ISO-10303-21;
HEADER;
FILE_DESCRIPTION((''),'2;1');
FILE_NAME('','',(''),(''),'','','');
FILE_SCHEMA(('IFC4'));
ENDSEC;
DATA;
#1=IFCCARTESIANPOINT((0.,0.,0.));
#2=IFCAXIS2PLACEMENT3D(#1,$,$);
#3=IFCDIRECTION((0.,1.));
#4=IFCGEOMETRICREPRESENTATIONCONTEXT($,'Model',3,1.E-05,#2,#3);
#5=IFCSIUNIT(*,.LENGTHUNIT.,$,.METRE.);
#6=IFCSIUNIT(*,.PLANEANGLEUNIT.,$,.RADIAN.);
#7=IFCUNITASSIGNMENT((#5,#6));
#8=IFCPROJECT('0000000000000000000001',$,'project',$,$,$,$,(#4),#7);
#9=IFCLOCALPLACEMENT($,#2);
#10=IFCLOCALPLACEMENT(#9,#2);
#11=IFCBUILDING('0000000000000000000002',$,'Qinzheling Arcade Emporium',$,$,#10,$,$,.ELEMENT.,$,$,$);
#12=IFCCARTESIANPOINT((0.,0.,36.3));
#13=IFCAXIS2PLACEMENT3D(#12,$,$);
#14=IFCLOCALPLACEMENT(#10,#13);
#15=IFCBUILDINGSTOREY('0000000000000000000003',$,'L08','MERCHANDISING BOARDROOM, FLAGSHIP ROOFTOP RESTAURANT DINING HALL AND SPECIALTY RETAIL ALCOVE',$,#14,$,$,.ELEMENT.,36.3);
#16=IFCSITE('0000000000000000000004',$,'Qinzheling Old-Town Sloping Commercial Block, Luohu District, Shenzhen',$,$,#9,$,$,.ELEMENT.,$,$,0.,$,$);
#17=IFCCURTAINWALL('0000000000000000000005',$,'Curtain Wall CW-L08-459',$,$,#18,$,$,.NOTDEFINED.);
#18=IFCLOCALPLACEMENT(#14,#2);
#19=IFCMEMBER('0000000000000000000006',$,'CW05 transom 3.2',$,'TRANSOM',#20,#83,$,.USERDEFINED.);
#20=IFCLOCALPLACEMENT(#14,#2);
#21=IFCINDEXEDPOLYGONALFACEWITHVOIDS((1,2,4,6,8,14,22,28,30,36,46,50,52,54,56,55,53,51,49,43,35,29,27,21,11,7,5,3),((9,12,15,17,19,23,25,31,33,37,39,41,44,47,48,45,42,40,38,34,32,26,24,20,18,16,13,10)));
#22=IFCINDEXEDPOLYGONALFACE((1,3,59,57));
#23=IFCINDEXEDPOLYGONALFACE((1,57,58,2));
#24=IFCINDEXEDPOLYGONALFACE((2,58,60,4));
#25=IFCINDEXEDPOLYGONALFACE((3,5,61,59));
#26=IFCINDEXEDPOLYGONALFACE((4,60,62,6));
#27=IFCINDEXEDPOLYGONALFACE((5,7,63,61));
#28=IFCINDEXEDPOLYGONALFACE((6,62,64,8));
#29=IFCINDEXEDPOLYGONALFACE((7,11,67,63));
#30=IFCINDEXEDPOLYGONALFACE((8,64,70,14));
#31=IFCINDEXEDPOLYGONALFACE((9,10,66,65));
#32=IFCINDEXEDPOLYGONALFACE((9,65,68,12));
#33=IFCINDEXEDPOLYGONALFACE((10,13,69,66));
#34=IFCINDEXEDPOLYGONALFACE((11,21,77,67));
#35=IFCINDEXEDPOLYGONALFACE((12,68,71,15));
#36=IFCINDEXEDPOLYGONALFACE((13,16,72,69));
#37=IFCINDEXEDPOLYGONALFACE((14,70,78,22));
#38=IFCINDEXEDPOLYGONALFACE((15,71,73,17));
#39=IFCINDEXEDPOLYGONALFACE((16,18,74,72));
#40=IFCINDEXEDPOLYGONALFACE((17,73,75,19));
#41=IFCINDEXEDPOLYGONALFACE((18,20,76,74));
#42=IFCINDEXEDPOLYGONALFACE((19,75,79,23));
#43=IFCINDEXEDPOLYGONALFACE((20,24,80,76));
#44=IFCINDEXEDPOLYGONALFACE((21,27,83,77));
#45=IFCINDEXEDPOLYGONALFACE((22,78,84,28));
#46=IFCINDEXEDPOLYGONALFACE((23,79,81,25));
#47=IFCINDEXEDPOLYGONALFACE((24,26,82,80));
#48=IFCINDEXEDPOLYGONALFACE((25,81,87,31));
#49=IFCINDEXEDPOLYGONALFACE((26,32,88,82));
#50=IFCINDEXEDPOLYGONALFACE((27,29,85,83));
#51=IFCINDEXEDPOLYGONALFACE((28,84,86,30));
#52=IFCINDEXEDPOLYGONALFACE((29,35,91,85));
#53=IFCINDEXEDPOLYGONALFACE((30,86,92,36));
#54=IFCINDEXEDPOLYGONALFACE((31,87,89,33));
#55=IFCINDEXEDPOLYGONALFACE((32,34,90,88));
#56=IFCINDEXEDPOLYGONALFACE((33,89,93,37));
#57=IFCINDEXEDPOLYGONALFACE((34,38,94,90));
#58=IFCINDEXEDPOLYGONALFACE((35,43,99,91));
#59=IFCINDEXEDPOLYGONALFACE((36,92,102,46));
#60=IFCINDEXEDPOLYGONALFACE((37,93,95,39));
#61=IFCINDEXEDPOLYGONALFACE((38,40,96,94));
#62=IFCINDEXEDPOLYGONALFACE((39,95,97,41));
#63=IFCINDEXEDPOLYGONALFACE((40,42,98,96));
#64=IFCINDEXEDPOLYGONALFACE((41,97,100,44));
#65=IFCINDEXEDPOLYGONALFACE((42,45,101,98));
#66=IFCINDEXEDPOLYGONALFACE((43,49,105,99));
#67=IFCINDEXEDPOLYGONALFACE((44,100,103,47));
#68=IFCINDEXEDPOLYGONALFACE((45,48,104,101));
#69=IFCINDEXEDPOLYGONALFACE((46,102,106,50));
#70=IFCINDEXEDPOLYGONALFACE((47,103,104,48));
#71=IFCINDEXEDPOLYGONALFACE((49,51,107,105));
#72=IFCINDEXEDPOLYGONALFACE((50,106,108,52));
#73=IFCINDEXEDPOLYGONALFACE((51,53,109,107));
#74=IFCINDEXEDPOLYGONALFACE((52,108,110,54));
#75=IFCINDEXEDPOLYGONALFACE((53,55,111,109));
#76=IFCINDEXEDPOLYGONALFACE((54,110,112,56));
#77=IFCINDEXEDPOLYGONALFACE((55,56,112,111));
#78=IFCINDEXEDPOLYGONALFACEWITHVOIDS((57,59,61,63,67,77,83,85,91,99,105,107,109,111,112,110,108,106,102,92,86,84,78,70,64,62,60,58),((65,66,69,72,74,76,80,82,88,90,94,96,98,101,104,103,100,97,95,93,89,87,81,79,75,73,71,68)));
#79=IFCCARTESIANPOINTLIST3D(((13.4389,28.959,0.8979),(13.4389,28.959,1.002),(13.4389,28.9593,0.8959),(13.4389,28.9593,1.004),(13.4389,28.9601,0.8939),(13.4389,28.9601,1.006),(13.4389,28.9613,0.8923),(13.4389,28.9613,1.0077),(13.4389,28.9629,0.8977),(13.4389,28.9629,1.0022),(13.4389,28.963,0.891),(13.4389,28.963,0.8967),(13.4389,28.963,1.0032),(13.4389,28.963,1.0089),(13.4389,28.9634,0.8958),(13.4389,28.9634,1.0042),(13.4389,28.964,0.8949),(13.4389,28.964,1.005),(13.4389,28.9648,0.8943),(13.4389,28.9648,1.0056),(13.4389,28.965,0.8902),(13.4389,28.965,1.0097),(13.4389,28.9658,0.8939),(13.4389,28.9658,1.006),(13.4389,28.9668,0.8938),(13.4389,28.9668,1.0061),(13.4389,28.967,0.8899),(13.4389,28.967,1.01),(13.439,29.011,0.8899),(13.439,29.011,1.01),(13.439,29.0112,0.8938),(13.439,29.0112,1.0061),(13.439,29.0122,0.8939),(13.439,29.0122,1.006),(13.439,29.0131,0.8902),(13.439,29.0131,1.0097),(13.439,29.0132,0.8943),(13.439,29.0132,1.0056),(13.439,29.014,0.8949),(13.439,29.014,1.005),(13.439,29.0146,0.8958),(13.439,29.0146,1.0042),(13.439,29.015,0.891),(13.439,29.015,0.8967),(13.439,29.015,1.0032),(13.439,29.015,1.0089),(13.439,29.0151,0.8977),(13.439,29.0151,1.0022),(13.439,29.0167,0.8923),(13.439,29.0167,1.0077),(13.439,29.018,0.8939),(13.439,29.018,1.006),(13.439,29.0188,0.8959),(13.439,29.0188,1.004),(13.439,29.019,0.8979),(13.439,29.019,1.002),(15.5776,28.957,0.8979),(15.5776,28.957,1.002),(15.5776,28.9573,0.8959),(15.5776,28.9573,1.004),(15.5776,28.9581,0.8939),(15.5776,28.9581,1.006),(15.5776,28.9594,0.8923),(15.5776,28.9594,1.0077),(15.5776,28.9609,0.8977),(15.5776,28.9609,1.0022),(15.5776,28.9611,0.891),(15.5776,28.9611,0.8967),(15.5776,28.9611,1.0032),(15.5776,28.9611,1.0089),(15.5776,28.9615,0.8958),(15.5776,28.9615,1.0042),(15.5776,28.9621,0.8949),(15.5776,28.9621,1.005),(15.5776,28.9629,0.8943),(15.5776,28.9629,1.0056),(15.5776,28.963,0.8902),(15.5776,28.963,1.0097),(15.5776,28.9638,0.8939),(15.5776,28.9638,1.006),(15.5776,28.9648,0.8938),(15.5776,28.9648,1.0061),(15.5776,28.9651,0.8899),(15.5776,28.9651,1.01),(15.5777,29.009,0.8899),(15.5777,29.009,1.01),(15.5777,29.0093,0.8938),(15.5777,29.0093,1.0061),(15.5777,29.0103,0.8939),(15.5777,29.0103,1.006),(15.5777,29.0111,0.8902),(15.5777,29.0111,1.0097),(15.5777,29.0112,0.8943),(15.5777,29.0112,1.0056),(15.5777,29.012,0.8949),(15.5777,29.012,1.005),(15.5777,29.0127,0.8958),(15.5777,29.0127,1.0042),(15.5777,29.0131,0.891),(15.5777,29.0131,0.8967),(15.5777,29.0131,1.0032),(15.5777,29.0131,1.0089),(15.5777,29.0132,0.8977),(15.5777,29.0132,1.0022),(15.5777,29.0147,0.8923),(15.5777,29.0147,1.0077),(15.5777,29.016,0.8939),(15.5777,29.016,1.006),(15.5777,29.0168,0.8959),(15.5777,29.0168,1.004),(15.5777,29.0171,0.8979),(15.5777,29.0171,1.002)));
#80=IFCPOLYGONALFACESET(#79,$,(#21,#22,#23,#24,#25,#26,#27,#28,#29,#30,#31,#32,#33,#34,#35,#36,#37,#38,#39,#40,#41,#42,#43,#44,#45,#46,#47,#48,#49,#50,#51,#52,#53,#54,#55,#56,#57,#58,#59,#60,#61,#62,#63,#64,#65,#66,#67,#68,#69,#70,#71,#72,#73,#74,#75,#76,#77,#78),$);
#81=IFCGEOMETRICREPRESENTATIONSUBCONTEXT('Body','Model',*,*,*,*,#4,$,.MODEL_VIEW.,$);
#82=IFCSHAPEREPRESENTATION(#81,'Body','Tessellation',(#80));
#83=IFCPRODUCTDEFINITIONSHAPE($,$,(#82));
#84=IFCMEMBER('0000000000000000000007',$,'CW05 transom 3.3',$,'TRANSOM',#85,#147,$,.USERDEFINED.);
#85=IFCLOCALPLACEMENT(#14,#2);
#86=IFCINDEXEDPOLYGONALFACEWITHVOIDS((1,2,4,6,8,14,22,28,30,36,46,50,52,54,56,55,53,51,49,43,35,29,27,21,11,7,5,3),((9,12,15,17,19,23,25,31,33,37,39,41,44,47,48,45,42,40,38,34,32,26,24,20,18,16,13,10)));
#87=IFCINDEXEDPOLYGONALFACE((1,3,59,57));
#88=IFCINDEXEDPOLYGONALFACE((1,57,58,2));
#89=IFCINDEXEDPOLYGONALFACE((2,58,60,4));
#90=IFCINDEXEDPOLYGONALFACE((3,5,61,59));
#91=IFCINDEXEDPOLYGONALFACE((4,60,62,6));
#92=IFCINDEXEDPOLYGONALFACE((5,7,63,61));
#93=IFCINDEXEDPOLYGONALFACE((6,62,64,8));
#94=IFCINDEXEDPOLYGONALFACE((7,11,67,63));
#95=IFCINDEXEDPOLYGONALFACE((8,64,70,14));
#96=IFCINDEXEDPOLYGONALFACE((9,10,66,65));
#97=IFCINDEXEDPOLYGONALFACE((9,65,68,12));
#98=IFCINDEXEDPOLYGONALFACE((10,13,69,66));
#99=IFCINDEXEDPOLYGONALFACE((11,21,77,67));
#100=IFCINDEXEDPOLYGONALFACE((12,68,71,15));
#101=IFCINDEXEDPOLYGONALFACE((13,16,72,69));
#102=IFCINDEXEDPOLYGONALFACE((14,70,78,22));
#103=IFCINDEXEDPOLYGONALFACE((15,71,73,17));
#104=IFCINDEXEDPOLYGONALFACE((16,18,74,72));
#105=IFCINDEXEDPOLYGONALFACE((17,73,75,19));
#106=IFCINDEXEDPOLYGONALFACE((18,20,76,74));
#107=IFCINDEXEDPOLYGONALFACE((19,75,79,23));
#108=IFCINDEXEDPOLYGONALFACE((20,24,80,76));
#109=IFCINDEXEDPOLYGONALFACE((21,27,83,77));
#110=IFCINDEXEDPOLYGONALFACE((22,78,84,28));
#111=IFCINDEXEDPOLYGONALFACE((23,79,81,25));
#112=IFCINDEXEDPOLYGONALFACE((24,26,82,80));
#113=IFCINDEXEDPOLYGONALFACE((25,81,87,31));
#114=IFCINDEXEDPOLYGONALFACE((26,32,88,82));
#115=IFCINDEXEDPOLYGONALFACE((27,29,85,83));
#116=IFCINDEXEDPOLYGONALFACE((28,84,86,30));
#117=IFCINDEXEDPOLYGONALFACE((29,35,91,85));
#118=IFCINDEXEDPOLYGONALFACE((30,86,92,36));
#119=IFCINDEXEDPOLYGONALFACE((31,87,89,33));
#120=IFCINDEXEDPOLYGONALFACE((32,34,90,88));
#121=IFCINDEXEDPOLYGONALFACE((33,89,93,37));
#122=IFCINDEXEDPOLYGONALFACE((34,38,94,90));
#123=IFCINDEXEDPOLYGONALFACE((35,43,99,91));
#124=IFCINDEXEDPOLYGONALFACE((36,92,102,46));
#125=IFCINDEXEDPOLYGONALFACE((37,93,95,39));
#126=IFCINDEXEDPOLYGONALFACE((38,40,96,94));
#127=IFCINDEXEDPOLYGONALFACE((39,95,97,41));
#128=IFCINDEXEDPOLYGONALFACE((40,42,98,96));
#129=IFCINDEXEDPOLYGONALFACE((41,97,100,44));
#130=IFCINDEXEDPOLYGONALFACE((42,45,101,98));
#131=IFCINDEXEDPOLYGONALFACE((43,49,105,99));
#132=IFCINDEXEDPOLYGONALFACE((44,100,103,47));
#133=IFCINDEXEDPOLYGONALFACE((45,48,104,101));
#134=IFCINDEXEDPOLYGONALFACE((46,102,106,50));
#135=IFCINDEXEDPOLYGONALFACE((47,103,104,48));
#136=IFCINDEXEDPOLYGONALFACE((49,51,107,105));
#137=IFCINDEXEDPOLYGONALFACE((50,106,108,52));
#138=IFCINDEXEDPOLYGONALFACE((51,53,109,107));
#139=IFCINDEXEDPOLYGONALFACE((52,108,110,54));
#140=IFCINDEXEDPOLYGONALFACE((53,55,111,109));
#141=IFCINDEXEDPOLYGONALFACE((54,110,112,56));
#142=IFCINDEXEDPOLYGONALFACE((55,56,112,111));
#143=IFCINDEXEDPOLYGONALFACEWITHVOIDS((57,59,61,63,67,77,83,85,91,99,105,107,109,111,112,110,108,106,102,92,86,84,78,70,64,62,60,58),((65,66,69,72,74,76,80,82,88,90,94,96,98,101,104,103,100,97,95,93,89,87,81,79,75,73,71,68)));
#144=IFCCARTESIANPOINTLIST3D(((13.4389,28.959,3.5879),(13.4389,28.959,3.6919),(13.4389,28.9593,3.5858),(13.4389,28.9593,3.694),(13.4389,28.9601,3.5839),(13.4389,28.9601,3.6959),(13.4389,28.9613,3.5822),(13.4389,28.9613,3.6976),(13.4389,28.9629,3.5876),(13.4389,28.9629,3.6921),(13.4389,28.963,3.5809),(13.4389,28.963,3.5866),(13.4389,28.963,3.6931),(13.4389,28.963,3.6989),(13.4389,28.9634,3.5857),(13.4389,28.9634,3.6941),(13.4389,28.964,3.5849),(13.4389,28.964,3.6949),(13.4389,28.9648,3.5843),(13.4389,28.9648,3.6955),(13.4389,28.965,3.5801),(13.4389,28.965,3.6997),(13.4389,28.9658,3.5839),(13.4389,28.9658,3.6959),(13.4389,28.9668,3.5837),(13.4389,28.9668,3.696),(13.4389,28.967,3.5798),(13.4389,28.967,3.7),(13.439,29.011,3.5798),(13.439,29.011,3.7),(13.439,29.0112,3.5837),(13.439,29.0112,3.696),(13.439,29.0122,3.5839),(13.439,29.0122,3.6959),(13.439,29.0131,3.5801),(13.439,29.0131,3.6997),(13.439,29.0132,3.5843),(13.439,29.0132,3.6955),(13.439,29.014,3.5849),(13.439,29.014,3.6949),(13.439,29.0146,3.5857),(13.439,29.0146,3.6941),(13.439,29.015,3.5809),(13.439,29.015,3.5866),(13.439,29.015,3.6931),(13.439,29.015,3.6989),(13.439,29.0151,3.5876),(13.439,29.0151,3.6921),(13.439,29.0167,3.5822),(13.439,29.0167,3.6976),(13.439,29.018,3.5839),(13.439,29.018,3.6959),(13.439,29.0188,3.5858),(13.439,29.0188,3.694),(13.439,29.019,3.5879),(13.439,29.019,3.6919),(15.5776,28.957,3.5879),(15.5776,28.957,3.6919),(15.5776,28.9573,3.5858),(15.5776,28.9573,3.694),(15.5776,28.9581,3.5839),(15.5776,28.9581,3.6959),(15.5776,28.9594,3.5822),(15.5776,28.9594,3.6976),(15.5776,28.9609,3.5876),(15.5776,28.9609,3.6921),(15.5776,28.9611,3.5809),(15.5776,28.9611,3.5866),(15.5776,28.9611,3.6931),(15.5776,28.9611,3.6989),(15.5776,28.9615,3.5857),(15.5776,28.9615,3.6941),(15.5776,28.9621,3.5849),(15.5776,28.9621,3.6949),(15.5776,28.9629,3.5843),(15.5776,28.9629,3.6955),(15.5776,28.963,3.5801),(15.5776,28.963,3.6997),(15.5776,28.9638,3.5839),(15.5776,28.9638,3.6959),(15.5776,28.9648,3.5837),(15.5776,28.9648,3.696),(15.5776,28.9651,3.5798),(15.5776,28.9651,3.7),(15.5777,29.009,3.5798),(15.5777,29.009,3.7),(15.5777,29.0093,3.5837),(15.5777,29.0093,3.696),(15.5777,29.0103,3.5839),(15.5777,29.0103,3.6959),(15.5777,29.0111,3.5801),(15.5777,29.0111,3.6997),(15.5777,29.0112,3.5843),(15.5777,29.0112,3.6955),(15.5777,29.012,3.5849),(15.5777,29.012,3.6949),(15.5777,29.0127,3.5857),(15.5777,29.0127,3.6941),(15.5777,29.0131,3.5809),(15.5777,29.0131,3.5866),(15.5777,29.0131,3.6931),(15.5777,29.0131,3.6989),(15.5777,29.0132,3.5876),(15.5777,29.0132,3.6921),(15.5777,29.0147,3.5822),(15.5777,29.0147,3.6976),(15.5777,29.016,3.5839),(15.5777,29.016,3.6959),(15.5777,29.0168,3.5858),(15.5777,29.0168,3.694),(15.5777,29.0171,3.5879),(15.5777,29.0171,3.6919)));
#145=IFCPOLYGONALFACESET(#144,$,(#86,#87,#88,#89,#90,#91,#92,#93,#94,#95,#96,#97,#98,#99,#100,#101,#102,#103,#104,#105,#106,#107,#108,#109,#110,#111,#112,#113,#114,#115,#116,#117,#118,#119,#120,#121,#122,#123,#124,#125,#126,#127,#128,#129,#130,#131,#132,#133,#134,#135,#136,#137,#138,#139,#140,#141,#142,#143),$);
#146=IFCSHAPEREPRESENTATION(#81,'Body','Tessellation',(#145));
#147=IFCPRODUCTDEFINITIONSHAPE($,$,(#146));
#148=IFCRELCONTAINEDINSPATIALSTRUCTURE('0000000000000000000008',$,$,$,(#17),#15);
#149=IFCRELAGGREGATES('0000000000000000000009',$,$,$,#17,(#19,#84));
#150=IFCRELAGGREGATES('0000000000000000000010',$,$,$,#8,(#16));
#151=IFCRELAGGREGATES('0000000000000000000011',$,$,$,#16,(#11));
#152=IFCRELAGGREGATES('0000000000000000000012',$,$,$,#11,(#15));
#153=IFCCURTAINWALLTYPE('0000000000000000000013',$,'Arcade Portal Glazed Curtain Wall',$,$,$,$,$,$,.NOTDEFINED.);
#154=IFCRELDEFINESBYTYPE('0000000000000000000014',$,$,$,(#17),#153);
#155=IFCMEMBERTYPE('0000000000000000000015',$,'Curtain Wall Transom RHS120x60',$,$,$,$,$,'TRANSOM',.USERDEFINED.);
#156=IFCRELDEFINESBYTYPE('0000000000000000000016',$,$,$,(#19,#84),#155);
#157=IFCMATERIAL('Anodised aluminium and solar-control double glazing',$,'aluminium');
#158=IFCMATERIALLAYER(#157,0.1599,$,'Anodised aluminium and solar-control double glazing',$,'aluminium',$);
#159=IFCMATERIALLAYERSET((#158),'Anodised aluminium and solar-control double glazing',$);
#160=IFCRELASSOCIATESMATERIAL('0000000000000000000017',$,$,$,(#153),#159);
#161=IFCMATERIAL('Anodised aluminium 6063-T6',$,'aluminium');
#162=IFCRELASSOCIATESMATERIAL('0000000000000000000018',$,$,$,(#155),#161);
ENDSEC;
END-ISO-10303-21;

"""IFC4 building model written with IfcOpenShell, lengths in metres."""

from ifc_helpers import new_model, si_unit, direction, frame, origin, origin_2d, place, context, subcontext, project, spatial, hollow_rectangle, extrude, material, layer, layer_set, material_profile, profile_set, type_object, element, aggregate, save


model = new_model("IFC4")

# Units and contexts
model_context = context("Model", 3, precision=1e-05, world=origin(), true_north=direction((0.0, 1.0)))
body_context = subcontext(model_context, "Body", "Model", "MODEL_VIEW")
ifc_project = project(units=[si_unit("LENGTHUNIT", "METRE"), si_unit("PLANEANGLEUNIT", "RADIAN")], contexts=[model_context])

# Site, building, storey
site_placement = place(None, origin())
site = spatial("IfcSite", under=ifc_project, at=site_placement, Name="Qinzheling Old-Town Sloping Commercial Block, Luohu District, Shenzhen", CompositionType="ELEMENT", RefElevation=0.0)
building_placement = place(site_placement, origin())
building = spatial("IfcBuilding", under=site, at=building_placement, Name="Qinzheling Arcade Emporium", CompositionType="ELEMENT")
storey_placement = place(building_placement, frame((0.0, 0.0, 36.3)))
storey = spatial("IfcBuildingStorey", under=building, at=storey_placement, Name="L08", Description="MERCHANDISING BOARDROOM, FLAGSHIP ROOFTOP RESTAURANT DINING HALL AND SPECIALTY RETAIL ALCOVE", CompositionType="ELEMENT", Elevation=36.3)

# Curtain wall
ifc_material_1 = material(Name="Anodised aluminium and solar-control double glazing", Category="aluminium")
ifc_layer_1 = layer(ifc_material_1, 0.1599, Name="Anodised aluminium and solar-control double glazing", Category="aluminium")
ifc_layer_set_1 = layer_set([ifc_layer_1], Name="Anodised aluminium and solar-control double glazing")
curtain_wall_type = type_object("IfcCurtainWallType", Name="Arcade Portal Glazed Curtain Wall", PredefinedType="NOTDEFINED", material=ifc_layer_set_1)
curtain_wall_1_placement = place(storey_placement, origin())
curtain_wall_1 = element("IfcCurtainWall", 1, at=curtain_wall_1_placement, inside=storey, type_object=curtain_wall_type, Name="Curtain Wall CW-L08-459", PredefinedType="NOTDEFINED")
ifc_material_2 = material(Name="Anodised aluminium 6063-T6", Category="aluminium")

# Members
ifc_material_profile_1 = material_profile(ifc_material_2, hollow_rectangle(XDim=0.0601, YDim=0.1201, WallThickness=0.0039, InnerFilletRadius=0.0039, OuterFilletRadius=0.0081, at=origin_2d()), Name="RHS 120x60x4", Category="aluminium")
ifc_profile_set_1 = profile_set([ifc_material_profile_1], Name="Anodised aluminium 6063-T6")
member_type_1 = type_object("IfcMemberType", Name="Curtain Wall Transom RHS120x60", ElementType="TRANSOM", PredefinedType="USERDEFINED", material=ifc_profile_set_1)
member_1_placement = place(storey_placement, frame((15.5776, 28.9871, 0.95), z_axis=(-1.0, 0.000913, 0.0), x_axis=(-0.000913, -1.0, 0.0)))
member_1 = element("IfcMember", 2, at=member_1_placement, type_object=member_type_1, Name="CW05 transom 3.2", ObjectType="TRANSOM", PredefinedType="USERDEFINED", context=body_context, shape_type="SweptSolid", body=[
    extrude(hollow_rectangle(XDim=0.0601, YDim=0.1201, WallThickness=0.0039, InnerFilletRadius=0.0039, OuterFilletRadius=0.0081, at=origin_2d()), origin(), (0.0, 0.0, 1.0), 2.1387),
])
member_2_placement = place(storey_placement, frame((15.5776, 28.9871, 3.6399), z_axis=(-1.0, 0.000913, 0.0), x_axis=(-0.000913, -1.0, 0.0)))
member_2 = element("IfcMember", 3, at=member_2_placement, type_object=member_type_1, Name="CW05 transom 3.3", ObjectType="TRANSOM", PredefinedType="USERDEFINED", context=body_context, shape_type="SweptSolid", body=[
    extrude(hollow_rectangle(XDim=0.0601, YDim=0.1201, WallThickness=0.0039, InnerFilletRadius=0.0039, OuterFilletRadius=0.0081, at=origin_2d()), origin(), (0.0, 0.0, 1.0), 2.1387),
])

aggregate(curtain_wall_1, [member_1, member_2])

save(model, "model.ifc")
